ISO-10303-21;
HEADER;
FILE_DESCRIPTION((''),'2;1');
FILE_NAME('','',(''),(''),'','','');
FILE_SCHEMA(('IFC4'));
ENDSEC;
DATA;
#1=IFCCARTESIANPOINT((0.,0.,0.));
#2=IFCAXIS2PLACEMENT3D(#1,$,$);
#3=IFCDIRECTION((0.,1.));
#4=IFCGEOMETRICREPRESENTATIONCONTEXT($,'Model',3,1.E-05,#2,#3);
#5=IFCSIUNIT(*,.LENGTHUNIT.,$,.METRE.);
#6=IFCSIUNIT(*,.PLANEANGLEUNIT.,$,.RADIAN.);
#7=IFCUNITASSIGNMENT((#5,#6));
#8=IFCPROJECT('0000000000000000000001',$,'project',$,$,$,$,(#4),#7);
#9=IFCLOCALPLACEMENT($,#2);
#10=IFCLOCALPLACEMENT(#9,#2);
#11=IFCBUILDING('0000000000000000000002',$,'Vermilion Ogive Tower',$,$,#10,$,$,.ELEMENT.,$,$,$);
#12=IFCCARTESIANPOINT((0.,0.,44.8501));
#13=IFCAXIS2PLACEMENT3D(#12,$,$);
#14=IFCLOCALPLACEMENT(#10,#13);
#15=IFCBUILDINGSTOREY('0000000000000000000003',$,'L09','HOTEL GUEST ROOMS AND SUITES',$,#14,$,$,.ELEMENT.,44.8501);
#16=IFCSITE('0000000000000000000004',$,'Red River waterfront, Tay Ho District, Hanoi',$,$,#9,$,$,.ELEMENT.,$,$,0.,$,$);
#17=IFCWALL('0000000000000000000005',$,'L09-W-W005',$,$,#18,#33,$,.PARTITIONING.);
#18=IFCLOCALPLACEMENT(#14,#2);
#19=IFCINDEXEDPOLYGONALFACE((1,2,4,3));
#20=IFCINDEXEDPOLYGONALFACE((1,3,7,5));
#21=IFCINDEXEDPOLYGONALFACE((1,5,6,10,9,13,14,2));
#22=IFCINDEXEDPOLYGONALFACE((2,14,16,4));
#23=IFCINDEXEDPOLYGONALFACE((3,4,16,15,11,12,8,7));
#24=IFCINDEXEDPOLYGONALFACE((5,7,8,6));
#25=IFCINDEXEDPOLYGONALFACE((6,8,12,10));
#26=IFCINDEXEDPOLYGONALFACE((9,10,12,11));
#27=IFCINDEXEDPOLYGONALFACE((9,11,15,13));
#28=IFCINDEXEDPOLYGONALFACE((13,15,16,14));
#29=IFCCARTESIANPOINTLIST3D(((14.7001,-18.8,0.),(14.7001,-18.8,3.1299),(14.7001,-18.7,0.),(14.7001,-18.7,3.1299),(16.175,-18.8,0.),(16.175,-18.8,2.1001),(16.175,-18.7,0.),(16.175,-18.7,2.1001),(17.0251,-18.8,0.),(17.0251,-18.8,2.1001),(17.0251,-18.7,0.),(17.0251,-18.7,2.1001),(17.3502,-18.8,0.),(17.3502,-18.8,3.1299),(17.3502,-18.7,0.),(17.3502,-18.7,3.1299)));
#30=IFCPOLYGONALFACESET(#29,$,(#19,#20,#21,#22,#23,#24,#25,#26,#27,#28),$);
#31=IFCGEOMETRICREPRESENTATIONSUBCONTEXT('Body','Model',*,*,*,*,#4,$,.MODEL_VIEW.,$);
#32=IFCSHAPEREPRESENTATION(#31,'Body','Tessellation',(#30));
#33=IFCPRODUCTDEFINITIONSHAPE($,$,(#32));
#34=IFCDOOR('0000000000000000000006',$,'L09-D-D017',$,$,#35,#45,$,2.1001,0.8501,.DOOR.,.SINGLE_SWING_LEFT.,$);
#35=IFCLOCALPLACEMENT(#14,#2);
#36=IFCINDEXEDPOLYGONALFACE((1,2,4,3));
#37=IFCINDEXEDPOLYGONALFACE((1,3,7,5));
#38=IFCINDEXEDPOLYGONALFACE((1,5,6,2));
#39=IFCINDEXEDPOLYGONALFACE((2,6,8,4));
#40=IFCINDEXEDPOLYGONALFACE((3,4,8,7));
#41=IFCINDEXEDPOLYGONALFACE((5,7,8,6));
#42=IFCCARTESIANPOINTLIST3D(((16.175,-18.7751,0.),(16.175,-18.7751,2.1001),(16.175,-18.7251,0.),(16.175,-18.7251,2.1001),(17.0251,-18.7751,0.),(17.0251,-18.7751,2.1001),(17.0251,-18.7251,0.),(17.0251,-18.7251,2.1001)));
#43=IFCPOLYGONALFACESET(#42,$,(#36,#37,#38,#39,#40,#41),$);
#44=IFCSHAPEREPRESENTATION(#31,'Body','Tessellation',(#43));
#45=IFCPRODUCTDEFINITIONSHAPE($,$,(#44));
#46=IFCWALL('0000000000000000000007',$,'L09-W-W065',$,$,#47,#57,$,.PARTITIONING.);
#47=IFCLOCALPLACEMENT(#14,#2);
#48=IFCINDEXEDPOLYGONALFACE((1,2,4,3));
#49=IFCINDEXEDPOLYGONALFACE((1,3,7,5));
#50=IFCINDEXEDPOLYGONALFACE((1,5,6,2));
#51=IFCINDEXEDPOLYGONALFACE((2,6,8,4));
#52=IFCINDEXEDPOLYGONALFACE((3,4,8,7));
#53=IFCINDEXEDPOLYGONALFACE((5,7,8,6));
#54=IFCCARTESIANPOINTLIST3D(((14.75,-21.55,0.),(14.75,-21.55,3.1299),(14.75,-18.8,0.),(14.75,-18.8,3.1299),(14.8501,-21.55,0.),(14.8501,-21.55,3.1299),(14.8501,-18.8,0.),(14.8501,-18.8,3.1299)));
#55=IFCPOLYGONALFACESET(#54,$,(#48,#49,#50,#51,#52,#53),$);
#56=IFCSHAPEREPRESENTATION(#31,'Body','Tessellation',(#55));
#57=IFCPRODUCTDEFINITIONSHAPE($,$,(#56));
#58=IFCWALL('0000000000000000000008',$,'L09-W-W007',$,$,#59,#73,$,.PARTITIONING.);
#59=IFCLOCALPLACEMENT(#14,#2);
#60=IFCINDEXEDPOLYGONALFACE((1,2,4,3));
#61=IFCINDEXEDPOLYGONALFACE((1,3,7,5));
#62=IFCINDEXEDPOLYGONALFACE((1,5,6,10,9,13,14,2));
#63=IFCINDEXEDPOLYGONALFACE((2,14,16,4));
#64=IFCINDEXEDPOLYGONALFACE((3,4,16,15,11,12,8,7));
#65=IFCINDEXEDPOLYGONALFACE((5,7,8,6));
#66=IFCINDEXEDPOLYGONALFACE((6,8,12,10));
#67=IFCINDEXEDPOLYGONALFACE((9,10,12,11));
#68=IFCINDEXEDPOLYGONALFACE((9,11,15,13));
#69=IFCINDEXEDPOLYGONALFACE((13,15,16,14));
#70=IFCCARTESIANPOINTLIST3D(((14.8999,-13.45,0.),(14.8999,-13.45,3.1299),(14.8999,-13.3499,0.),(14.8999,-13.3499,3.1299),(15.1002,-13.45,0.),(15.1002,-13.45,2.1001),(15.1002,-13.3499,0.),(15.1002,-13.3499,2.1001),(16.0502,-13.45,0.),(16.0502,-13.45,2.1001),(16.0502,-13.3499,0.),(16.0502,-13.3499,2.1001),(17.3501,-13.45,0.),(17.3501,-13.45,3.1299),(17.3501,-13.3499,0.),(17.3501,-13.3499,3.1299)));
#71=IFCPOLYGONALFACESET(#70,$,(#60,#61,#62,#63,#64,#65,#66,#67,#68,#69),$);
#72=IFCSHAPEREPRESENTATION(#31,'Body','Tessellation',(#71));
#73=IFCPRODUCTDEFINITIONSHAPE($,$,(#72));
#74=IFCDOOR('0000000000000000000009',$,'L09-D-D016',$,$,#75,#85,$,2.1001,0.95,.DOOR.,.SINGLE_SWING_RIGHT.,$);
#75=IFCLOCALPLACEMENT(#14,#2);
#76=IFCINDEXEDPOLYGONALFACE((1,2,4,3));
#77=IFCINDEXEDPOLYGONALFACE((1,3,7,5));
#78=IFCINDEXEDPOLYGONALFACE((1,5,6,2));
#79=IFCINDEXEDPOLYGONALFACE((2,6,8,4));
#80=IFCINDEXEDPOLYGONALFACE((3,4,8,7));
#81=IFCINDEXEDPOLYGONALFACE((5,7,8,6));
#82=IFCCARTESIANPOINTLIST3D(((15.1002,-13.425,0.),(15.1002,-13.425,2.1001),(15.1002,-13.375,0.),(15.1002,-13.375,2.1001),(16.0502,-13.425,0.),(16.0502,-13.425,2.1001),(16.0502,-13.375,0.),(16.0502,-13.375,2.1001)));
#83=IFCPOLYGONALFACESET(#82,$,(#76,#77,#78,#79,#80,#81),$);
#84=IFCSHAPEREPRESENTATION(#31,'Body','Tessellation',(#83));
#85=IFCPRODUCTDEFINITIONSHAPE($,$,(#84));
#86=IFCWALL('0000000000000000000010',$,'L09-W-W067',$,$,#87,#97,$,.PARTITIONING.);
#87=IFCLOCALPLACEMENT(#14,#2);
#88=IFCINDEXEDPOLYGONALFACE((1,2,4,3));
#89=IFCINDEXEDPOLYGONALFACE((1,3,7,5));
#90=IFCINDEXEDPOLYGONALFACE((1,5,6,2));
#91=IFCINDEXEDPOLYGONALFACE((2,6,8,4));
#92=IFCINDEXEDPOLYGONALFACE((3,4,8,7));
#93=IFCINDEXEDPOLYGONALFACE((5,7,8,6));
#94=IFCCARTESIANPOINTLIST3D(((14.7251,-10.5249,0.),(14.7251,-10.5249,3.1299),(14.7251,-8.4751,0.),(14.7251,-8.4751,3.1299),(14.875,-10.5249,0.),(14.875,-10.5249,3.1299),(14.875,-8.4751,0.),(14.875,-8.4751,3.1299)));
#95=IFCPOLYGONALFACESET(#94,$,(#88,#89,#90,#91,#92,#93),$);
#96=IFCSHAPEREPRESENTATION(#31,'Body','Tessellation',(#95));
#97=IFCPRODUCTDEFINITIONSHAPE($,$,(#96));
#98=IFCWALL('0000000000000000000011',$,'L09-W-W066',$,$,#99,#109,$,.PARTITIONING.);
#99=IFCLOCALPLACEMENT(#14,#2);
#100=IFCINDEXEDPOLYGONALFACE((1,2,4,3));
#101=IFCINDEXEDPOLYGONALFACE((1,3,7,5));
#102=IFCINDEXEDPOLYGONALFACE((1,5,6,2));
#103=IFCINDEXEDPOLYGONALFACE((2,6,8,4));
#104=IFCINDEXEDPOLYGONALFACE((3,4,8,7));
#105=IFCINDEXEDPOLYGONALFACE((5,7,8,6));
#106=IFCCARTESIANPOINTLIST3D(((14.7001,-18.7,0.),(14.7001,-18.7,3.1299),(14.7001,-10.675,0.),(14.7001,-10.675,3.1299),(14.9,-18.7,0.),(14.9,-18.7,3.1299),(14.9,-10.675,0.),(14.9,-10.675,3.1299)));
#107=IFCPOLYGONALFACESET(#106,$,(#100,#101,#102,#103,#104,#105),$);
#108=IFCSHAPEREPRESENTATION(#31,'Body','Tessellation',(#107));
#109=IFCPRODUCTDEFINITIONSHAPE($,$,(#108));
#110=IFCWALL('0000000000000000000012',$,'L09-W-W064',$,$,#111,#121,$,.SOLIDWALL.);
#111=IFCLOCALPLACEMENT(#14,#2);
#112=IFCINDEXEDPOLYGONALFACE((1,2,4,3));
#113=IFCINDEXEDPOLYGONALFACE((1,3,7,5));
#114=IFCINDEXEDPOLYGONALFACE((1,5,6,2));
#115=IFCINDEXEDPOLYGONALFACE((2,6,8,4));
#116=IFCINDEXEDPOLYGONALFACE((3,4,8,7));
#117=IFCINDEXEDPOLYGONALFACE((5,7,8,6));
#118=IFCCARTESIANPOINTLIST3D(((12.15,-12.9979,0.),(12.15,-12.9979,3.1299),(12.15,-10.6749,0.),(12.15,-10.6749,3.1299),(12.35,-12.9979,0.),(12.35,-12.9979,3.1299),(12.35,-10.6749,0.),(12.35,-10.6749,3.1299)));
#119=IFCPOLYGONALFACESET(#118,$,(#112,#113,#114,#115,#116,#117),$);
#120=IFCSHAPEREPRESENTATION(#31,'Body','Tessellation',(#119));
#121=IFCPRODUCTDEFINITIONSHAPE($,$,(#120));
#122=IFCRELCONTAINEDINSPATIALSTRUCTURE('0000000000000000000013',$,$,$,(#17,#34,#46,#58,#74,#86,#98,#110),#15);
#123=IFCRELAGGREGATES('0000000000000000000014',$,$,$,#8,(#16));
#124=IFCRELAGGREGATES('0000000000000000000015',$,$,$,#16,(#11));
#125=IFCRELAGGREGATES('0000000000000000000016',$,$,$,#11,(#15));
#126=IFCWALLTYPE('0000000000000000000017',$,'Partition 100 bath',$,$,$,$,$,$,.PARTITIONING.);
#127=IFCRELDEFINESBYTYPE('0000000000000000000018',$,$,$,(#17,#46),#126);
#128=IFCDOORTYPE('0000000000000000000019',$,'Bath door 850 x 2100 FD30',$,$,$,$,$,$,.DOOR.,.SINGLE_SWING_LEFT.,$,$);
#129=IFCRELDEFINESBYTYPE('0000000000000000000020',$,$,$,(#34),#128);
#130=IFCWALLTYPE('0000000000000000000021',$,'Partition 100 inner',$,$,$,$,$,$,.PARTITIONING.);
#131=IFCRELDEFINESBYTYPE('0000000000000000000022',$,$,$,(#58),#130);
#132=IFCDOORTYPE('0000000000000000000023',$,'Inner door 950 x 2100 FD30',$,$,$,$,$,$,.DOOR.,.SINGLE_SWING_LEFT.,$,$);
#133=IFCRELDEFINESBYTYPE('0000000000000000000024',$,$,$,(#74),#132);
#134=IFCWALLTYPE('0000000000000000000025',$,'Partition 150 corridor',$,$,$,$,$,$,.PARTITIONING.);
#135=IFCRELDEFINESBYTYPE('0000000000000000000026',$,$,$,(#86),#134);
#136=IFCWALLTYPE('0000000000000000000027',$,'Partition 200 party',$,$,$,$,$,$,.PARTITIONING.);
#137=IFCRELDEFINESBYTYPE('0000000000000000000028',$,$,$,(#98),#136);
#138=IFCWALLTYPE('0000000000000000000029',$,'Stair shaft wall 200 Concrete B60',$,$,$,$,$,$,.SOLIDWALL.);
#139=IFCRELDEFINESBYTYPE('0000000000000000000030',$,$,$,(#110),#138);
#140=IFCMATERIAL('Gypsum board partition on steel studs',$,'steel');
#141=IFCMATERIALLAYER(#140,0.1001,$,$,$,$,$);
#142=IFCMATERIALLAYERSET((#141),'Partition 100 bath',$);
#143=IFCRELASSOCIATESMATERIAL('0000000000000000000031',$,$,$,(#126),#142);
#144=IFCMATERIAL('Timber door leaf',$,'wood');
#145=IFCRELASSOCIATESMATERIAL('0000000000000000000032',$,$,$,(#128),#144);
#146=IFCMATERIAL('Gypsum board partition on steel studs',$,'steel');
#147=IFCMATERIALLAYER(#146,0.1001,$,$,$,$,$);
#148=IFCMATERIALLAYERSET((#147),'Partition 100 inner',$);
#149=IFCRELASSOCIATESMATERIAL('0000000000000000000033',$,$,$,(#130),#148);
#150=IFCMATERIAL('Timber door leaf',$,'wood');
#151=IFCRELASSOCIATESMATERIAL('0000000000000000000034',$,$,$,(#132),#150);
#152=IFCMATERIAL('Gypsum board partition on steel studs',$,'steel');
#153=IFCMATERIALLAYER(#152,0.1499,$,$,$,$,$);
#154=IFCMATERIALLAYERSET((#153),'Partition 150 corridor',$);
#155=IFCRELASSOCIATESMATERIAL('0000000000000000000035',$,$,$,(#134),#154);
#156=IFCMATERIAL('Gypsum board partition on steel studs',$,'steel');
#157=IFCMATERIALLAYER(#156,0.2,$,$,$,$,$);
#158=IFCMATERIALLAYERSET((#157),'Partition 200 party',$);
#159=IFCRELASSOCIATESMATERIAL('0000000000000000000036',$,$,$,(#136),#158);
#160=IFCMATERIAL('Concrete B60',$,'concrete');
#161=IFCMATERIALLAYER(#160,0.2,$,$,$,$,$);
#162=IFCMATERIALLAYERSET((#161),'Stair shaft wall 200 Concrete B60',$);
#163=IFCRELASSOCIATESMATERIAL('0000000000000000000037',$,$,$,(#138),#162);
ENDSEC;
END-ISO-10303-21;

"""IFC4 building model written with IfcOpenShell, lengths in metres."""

from ifc_helpers import new_model, si_unit, direction, frame, frame_2d, origin, place, context, subcontext, project, spatial, rectangle, extrude, material, layer, layer_set, type_object, element, fill, save


model = new_model("IFC4")

# Units and contexts
model_context = context("Model", 3, precision=1e-05, world=origin(), true_north=direction((0.0, 1.0)))
body_context = subcontext(model_context, "Body", "Model", "MODEL_VIEW")
ifc_project = project(units=[si_unit("LENGTHUNIT", "METRE"), si_unit("PLANEANGLEUNIT", "RADIAN")], contexts=[model_context])

# Site, building, storey
site_placement = place(None, origin())
site = spatial("IfcSite", under=ifc_project, at=site_placement, Name="Red River waterfront, Tay Ho District, Hanoi", CompositionType="ELEMENT", RefElevation=0.0)
building_placement = place(site_placement, origin())
building = spatial("IfcBuilding", under=site, at=building_placement, Name="Vermilion Ogive Tower", CompositionType="ELEMENT")
storey_placement = place(building_placement, frame((0.0, 0.0, 44.8501)))
storey = spatial("IfcBuildingStorey", under=building, at=storey_placement, Name="L09", Description="HOTEL GUEST ROOMS AND SUITES", CompositionType="ELEMENT", Elevation=44.8501)

# Wall, opening, door
ifc_material_1 = material(Name="Gypsum board partition on steel studs", Category="steel")
ifc_layer_1 = layer(ifc_material_1, 0.1001)
ifc_layer_set_1 = layer_set([ifc_layer_1], Name="Partition 100 bath")
wall_type_1 = type_object("IfcWallType", Name="Partition 100 bath", PredefinedType="PARTITIONING", material=ifc_layer_set_1)
wall_1_placement = place(storey_placement, frame((14.7, -18.75, 0.0), z_axis=(0.0, 0.0, 1.0), x_axis=(1.0, 0.0, 0.0)))
wall_1 = element("IfcWall", 1, at=wall_1_placement, inside=storey, type_object=wall_type_1, Name="L09-W-W005", PredefinedType="PARTITIONING", context=body_context, shape_type="SweptSolid", body=[
    extrude(rectangle(XDim=2.6501, YDim=0.1001, at=frame_2d((1.3252, 0.0))), origin(), (0.0, 0.0, 1.0), 3.1299),
])
opening_1_placement = place(wall_1_placement, frame((1.4751, 0.0, 0.0)))
opening_1 = element("IfcOpeningElement", 2, at=opening_1_placement, cuts=wall_1, PredefinedType="OPENING", context=body_context, shape_type="SweptSolid", body=[
    extrude(rectangle(XDim=0.8501, YDim=2.1001, at=frame_2d((0.425, 1.05))), frame((0.0, 0.0601, 0.0), z_axis=(0.0, -1.0, 0.0), x_axis=(1.0, 0.0, 0.0)), (0.0, 0.0, 1.0), 0.1201),
])
ifc_material_2 = material(Name="Timber door leaf", Category="wood")
door_type_1 = type_object("IfcDoorType", Name="Bath door 850 x 2100 FD30", OperationType="SINGLE_SWING_LEFT", PredefinedType="DOOR", material=ifc_material_2)
door_1_placement = place(opening_1_placement, origin())
door_1 = element("IfcDoor", 3, at=door_1_placement, inside=storey, type_object=door_type_1, Name="L09-D-D017", OperationType="SINGLE_SWING_LEFT", OverallHeight=2.1001, OverallWidth=0.8501, PredefinedType="DOOR", context=body_context, shape_type="SweptSolid", body=[
    extrude(rectangle(XDim=0.8501, YDim=2.1001, at=frame_2d((0.425, 1.05))), frame((0.0, 0.0249, 0.0), z_axis=(0.0, -1.0, 0.0), x_axis=(1.0, 0.0, 0.0)), (0.0, 0.0, 1.0), 0.05),
])
fill(opening_1, door_1)

# Wall
wall_2_placement = place(storey_placement, frame((14.8, -21.55, 0.0), z_axis=(0.0, 0.0, 1.0), x_axis=(0.0, 1.0, 0.0)))
element("IfcWall", 4, at=wall_2_placement, inside=storey, type_object=wall_type_1, Name="L09-W-W065", PredefinedType="PARTITIONING", context=body_context, shape_type="SweptSolid", body=[
    extrude(rectangle(XDim=2.75, YDim=0.1001, at=frame_2d((1.375, 0.0))), origin(), (0.0, 0.0, 1.0), 3.1299),
])

# Wall, opening, door
ifc_material_3 = material(Name="Gypsum board partition on steel studs", Category="steel")
ifc_layer_2 = layer(ifc_material_3, 0.1001)
ifc_layer_set_2 = layer_set([ifc_layer_2], Name="Partition 100 inner")
wall_type_2 = type_object("IfcWallType", Name="Partition 100 inner", PredefinedType="PARTITIONING", material=ifc_layer_set_2)
wall_3_placement = place(storey_placement, frame((14.8999, -13.3999, 0.0), z_axis=(0.0, 0.0, 1.0), x_axis=(1.0, 0.0, 0.0)))
wall_3 = element("IfcWall", 5, at=wall_3_placement, inside=storey, type_object=wall_type_2, Name="L09-W-W007", PredefinedType="PARTITIONING", context=body_context, shape_type="SweptSolid", body=[
    extrude(rectangle(XDim=2.4502, YDim=0.1001, at=frame_2d((1.2251, 0.0))), origin(), (0.0, 0.0, 1.0), 3.1299),
])
opening_2_placement = place(wall_3_placement, frame((0.2002, 0.0, 0.0)))
opening_2 = element("IfcOpeningElement", 6, at=opening_2_placement, cuts=wall_3, PredefinedType="OPENING", context=body_context, shape_type="SweptSolid", body=[
    extrude(rectangle(XDim=0.95, YDim=2.1001, at=frame_2d((0.4751, 1.05))), frame((0.0, 0.0601, 0.0), z_axis=(0.0, -1.0, 0.0), x_axis=(1.0, 0.0, 0.0)), (0.0, 0.0, 1.0), 0.1201),
])
ifc_material_4 = material(Name="Timber door leaf", Category="wood")
door_type_2 = type_object("IfcDoorType", Name="Inner door 950 x 2100 FD30", OperationType="SINGLE_SWING_LEFT", PredefinedType="DOOR", material=ifc_material_4)
door_2_placement = place(opening_2_placement, origin())
door_2 = element("IfcDoor", 7, at=door_2_placement, inside=storey, type_object=door_type_2, Name="L09-D-D016", OperationType="SINGLE_SWING_RIGHT", OverallHeight=2.1001, OverallWidth=0.95, PredefinedType="DOOR", context=body_context, shape_type="SweptSolid", body=[
    extrude(rectangle(XDim=0.95, YDim=2.1001, at=frame_2d((0.4751, 1.05))), frame((0.0, 0.0249, 0.0), z_axis=(0.0, -1.0, 0.0), x_axis=(1.0, 0.0, 0.0)), (0.0, 0.0, 1.0), 0.05),
])
fill(opening_2, door_2)

# Walls
ifc_material_5 = material(Name="Gypsum board partition on steel studs", Category="steel")
ifc_layer_3 = layer(ifc_material_5, 0.1499)
ifc_layer_set_3 = layer_set([ifc_layer_3], Name="Partition 150 corridor")
wall_type_3 = type_object("IfcWallType", Name="Partition 150 corridor", PredefinedType="PARTITIONING", material=ifc_layer_set_3)
wall_4_placement = place(storey_placement, frame((14.8, -10.5249, 0.0), z_axis=(0.0, 0.0, 1.0), x_axis=(0.0, 1.0, 0.0)))
element("IfcWall", 8, at=wall_4_placement, inside=storey, type_object=wall_type_3, Name="L09-W-W067", PredefinedType="PARTITIONING", context=body_context, shape_type="SweptSolid", body=[
    extrude(rectangle(XDim=2.0498, YDim=0.1499, at=frame_2d((1.0249, 0.0))), origin(), (0.0, 0.0, 1.0), 3.1299),
])
ifc_material_6 = material(Name="Gypsum board partition on steel studs", Category="steel")
ifc_layer_4 = layer(ifc_material_6, 0.2)
ifc_layer_set_4 = layer_set([ifc_layer_4], Name="Partition 200 party")
wall_type_4 = type_object("IfcWallType", Name="Partition 200 party", PredefinedType="PARTITIONING", material=ifc_layer_set_4)
wall_5_placement = place(storey_placement, frame((14.8, -18.7, 0.0), z_axis=(0.0, 0.0, 1.0), x_axis=(0.0, 1.0, 0.0)))
element("IfcWall", 9, at=wall_5_placement, inside=storey, type_object=wall_type_4, Name="L09-W-W066", PredefinedType="PARTITIONING", context=body_context, shape_type="SweptSolid", body=[
    extrude(rectangle(XDim=8.0249, YDim=0.2, at=frame_2d((4.0125, 0.0))), origin(), (0.0, 0.0, 1.0), 3.1299),
])
ifc_material_7 = material(Name="Concrete B60", Category="concrete")
ifc_layer_5 = layer(ifc_material_7, 0.2)
ifc_layer_set_5 = layer_set([ifc_layer_5], Name="Stair shaft wall 200 Concrete B60")
wall_type_5 = type_object("IfcWallType", Name="Stair shaft wall 200 Concrete B60", PredefinedType="SOLIDWALL", material=ifc_layer_set_5)
wall_6_placement = place(storey_placement, frame((12.25, -12.998, 0.0), z_axis=(0.0, 0.0, 1.0), x_axis=(0.0, 1.0, 0.0)))
element("IfcWall", 10, at=wall_6_placement, inside=storey, type_object=wall_type_5, Name="L09-W-W064", PredefinedType="SOLIDWALL", context=body_context, shape_type="SweptSolid", body=[
    extrude(rectangle(XDim=2.323, YDim=0.2, at=frame_2d((1.1616, 0.0))), origin(), (0.0, 0.0, 1.0), 3.1299),
])

save(model, "model.ifc")
